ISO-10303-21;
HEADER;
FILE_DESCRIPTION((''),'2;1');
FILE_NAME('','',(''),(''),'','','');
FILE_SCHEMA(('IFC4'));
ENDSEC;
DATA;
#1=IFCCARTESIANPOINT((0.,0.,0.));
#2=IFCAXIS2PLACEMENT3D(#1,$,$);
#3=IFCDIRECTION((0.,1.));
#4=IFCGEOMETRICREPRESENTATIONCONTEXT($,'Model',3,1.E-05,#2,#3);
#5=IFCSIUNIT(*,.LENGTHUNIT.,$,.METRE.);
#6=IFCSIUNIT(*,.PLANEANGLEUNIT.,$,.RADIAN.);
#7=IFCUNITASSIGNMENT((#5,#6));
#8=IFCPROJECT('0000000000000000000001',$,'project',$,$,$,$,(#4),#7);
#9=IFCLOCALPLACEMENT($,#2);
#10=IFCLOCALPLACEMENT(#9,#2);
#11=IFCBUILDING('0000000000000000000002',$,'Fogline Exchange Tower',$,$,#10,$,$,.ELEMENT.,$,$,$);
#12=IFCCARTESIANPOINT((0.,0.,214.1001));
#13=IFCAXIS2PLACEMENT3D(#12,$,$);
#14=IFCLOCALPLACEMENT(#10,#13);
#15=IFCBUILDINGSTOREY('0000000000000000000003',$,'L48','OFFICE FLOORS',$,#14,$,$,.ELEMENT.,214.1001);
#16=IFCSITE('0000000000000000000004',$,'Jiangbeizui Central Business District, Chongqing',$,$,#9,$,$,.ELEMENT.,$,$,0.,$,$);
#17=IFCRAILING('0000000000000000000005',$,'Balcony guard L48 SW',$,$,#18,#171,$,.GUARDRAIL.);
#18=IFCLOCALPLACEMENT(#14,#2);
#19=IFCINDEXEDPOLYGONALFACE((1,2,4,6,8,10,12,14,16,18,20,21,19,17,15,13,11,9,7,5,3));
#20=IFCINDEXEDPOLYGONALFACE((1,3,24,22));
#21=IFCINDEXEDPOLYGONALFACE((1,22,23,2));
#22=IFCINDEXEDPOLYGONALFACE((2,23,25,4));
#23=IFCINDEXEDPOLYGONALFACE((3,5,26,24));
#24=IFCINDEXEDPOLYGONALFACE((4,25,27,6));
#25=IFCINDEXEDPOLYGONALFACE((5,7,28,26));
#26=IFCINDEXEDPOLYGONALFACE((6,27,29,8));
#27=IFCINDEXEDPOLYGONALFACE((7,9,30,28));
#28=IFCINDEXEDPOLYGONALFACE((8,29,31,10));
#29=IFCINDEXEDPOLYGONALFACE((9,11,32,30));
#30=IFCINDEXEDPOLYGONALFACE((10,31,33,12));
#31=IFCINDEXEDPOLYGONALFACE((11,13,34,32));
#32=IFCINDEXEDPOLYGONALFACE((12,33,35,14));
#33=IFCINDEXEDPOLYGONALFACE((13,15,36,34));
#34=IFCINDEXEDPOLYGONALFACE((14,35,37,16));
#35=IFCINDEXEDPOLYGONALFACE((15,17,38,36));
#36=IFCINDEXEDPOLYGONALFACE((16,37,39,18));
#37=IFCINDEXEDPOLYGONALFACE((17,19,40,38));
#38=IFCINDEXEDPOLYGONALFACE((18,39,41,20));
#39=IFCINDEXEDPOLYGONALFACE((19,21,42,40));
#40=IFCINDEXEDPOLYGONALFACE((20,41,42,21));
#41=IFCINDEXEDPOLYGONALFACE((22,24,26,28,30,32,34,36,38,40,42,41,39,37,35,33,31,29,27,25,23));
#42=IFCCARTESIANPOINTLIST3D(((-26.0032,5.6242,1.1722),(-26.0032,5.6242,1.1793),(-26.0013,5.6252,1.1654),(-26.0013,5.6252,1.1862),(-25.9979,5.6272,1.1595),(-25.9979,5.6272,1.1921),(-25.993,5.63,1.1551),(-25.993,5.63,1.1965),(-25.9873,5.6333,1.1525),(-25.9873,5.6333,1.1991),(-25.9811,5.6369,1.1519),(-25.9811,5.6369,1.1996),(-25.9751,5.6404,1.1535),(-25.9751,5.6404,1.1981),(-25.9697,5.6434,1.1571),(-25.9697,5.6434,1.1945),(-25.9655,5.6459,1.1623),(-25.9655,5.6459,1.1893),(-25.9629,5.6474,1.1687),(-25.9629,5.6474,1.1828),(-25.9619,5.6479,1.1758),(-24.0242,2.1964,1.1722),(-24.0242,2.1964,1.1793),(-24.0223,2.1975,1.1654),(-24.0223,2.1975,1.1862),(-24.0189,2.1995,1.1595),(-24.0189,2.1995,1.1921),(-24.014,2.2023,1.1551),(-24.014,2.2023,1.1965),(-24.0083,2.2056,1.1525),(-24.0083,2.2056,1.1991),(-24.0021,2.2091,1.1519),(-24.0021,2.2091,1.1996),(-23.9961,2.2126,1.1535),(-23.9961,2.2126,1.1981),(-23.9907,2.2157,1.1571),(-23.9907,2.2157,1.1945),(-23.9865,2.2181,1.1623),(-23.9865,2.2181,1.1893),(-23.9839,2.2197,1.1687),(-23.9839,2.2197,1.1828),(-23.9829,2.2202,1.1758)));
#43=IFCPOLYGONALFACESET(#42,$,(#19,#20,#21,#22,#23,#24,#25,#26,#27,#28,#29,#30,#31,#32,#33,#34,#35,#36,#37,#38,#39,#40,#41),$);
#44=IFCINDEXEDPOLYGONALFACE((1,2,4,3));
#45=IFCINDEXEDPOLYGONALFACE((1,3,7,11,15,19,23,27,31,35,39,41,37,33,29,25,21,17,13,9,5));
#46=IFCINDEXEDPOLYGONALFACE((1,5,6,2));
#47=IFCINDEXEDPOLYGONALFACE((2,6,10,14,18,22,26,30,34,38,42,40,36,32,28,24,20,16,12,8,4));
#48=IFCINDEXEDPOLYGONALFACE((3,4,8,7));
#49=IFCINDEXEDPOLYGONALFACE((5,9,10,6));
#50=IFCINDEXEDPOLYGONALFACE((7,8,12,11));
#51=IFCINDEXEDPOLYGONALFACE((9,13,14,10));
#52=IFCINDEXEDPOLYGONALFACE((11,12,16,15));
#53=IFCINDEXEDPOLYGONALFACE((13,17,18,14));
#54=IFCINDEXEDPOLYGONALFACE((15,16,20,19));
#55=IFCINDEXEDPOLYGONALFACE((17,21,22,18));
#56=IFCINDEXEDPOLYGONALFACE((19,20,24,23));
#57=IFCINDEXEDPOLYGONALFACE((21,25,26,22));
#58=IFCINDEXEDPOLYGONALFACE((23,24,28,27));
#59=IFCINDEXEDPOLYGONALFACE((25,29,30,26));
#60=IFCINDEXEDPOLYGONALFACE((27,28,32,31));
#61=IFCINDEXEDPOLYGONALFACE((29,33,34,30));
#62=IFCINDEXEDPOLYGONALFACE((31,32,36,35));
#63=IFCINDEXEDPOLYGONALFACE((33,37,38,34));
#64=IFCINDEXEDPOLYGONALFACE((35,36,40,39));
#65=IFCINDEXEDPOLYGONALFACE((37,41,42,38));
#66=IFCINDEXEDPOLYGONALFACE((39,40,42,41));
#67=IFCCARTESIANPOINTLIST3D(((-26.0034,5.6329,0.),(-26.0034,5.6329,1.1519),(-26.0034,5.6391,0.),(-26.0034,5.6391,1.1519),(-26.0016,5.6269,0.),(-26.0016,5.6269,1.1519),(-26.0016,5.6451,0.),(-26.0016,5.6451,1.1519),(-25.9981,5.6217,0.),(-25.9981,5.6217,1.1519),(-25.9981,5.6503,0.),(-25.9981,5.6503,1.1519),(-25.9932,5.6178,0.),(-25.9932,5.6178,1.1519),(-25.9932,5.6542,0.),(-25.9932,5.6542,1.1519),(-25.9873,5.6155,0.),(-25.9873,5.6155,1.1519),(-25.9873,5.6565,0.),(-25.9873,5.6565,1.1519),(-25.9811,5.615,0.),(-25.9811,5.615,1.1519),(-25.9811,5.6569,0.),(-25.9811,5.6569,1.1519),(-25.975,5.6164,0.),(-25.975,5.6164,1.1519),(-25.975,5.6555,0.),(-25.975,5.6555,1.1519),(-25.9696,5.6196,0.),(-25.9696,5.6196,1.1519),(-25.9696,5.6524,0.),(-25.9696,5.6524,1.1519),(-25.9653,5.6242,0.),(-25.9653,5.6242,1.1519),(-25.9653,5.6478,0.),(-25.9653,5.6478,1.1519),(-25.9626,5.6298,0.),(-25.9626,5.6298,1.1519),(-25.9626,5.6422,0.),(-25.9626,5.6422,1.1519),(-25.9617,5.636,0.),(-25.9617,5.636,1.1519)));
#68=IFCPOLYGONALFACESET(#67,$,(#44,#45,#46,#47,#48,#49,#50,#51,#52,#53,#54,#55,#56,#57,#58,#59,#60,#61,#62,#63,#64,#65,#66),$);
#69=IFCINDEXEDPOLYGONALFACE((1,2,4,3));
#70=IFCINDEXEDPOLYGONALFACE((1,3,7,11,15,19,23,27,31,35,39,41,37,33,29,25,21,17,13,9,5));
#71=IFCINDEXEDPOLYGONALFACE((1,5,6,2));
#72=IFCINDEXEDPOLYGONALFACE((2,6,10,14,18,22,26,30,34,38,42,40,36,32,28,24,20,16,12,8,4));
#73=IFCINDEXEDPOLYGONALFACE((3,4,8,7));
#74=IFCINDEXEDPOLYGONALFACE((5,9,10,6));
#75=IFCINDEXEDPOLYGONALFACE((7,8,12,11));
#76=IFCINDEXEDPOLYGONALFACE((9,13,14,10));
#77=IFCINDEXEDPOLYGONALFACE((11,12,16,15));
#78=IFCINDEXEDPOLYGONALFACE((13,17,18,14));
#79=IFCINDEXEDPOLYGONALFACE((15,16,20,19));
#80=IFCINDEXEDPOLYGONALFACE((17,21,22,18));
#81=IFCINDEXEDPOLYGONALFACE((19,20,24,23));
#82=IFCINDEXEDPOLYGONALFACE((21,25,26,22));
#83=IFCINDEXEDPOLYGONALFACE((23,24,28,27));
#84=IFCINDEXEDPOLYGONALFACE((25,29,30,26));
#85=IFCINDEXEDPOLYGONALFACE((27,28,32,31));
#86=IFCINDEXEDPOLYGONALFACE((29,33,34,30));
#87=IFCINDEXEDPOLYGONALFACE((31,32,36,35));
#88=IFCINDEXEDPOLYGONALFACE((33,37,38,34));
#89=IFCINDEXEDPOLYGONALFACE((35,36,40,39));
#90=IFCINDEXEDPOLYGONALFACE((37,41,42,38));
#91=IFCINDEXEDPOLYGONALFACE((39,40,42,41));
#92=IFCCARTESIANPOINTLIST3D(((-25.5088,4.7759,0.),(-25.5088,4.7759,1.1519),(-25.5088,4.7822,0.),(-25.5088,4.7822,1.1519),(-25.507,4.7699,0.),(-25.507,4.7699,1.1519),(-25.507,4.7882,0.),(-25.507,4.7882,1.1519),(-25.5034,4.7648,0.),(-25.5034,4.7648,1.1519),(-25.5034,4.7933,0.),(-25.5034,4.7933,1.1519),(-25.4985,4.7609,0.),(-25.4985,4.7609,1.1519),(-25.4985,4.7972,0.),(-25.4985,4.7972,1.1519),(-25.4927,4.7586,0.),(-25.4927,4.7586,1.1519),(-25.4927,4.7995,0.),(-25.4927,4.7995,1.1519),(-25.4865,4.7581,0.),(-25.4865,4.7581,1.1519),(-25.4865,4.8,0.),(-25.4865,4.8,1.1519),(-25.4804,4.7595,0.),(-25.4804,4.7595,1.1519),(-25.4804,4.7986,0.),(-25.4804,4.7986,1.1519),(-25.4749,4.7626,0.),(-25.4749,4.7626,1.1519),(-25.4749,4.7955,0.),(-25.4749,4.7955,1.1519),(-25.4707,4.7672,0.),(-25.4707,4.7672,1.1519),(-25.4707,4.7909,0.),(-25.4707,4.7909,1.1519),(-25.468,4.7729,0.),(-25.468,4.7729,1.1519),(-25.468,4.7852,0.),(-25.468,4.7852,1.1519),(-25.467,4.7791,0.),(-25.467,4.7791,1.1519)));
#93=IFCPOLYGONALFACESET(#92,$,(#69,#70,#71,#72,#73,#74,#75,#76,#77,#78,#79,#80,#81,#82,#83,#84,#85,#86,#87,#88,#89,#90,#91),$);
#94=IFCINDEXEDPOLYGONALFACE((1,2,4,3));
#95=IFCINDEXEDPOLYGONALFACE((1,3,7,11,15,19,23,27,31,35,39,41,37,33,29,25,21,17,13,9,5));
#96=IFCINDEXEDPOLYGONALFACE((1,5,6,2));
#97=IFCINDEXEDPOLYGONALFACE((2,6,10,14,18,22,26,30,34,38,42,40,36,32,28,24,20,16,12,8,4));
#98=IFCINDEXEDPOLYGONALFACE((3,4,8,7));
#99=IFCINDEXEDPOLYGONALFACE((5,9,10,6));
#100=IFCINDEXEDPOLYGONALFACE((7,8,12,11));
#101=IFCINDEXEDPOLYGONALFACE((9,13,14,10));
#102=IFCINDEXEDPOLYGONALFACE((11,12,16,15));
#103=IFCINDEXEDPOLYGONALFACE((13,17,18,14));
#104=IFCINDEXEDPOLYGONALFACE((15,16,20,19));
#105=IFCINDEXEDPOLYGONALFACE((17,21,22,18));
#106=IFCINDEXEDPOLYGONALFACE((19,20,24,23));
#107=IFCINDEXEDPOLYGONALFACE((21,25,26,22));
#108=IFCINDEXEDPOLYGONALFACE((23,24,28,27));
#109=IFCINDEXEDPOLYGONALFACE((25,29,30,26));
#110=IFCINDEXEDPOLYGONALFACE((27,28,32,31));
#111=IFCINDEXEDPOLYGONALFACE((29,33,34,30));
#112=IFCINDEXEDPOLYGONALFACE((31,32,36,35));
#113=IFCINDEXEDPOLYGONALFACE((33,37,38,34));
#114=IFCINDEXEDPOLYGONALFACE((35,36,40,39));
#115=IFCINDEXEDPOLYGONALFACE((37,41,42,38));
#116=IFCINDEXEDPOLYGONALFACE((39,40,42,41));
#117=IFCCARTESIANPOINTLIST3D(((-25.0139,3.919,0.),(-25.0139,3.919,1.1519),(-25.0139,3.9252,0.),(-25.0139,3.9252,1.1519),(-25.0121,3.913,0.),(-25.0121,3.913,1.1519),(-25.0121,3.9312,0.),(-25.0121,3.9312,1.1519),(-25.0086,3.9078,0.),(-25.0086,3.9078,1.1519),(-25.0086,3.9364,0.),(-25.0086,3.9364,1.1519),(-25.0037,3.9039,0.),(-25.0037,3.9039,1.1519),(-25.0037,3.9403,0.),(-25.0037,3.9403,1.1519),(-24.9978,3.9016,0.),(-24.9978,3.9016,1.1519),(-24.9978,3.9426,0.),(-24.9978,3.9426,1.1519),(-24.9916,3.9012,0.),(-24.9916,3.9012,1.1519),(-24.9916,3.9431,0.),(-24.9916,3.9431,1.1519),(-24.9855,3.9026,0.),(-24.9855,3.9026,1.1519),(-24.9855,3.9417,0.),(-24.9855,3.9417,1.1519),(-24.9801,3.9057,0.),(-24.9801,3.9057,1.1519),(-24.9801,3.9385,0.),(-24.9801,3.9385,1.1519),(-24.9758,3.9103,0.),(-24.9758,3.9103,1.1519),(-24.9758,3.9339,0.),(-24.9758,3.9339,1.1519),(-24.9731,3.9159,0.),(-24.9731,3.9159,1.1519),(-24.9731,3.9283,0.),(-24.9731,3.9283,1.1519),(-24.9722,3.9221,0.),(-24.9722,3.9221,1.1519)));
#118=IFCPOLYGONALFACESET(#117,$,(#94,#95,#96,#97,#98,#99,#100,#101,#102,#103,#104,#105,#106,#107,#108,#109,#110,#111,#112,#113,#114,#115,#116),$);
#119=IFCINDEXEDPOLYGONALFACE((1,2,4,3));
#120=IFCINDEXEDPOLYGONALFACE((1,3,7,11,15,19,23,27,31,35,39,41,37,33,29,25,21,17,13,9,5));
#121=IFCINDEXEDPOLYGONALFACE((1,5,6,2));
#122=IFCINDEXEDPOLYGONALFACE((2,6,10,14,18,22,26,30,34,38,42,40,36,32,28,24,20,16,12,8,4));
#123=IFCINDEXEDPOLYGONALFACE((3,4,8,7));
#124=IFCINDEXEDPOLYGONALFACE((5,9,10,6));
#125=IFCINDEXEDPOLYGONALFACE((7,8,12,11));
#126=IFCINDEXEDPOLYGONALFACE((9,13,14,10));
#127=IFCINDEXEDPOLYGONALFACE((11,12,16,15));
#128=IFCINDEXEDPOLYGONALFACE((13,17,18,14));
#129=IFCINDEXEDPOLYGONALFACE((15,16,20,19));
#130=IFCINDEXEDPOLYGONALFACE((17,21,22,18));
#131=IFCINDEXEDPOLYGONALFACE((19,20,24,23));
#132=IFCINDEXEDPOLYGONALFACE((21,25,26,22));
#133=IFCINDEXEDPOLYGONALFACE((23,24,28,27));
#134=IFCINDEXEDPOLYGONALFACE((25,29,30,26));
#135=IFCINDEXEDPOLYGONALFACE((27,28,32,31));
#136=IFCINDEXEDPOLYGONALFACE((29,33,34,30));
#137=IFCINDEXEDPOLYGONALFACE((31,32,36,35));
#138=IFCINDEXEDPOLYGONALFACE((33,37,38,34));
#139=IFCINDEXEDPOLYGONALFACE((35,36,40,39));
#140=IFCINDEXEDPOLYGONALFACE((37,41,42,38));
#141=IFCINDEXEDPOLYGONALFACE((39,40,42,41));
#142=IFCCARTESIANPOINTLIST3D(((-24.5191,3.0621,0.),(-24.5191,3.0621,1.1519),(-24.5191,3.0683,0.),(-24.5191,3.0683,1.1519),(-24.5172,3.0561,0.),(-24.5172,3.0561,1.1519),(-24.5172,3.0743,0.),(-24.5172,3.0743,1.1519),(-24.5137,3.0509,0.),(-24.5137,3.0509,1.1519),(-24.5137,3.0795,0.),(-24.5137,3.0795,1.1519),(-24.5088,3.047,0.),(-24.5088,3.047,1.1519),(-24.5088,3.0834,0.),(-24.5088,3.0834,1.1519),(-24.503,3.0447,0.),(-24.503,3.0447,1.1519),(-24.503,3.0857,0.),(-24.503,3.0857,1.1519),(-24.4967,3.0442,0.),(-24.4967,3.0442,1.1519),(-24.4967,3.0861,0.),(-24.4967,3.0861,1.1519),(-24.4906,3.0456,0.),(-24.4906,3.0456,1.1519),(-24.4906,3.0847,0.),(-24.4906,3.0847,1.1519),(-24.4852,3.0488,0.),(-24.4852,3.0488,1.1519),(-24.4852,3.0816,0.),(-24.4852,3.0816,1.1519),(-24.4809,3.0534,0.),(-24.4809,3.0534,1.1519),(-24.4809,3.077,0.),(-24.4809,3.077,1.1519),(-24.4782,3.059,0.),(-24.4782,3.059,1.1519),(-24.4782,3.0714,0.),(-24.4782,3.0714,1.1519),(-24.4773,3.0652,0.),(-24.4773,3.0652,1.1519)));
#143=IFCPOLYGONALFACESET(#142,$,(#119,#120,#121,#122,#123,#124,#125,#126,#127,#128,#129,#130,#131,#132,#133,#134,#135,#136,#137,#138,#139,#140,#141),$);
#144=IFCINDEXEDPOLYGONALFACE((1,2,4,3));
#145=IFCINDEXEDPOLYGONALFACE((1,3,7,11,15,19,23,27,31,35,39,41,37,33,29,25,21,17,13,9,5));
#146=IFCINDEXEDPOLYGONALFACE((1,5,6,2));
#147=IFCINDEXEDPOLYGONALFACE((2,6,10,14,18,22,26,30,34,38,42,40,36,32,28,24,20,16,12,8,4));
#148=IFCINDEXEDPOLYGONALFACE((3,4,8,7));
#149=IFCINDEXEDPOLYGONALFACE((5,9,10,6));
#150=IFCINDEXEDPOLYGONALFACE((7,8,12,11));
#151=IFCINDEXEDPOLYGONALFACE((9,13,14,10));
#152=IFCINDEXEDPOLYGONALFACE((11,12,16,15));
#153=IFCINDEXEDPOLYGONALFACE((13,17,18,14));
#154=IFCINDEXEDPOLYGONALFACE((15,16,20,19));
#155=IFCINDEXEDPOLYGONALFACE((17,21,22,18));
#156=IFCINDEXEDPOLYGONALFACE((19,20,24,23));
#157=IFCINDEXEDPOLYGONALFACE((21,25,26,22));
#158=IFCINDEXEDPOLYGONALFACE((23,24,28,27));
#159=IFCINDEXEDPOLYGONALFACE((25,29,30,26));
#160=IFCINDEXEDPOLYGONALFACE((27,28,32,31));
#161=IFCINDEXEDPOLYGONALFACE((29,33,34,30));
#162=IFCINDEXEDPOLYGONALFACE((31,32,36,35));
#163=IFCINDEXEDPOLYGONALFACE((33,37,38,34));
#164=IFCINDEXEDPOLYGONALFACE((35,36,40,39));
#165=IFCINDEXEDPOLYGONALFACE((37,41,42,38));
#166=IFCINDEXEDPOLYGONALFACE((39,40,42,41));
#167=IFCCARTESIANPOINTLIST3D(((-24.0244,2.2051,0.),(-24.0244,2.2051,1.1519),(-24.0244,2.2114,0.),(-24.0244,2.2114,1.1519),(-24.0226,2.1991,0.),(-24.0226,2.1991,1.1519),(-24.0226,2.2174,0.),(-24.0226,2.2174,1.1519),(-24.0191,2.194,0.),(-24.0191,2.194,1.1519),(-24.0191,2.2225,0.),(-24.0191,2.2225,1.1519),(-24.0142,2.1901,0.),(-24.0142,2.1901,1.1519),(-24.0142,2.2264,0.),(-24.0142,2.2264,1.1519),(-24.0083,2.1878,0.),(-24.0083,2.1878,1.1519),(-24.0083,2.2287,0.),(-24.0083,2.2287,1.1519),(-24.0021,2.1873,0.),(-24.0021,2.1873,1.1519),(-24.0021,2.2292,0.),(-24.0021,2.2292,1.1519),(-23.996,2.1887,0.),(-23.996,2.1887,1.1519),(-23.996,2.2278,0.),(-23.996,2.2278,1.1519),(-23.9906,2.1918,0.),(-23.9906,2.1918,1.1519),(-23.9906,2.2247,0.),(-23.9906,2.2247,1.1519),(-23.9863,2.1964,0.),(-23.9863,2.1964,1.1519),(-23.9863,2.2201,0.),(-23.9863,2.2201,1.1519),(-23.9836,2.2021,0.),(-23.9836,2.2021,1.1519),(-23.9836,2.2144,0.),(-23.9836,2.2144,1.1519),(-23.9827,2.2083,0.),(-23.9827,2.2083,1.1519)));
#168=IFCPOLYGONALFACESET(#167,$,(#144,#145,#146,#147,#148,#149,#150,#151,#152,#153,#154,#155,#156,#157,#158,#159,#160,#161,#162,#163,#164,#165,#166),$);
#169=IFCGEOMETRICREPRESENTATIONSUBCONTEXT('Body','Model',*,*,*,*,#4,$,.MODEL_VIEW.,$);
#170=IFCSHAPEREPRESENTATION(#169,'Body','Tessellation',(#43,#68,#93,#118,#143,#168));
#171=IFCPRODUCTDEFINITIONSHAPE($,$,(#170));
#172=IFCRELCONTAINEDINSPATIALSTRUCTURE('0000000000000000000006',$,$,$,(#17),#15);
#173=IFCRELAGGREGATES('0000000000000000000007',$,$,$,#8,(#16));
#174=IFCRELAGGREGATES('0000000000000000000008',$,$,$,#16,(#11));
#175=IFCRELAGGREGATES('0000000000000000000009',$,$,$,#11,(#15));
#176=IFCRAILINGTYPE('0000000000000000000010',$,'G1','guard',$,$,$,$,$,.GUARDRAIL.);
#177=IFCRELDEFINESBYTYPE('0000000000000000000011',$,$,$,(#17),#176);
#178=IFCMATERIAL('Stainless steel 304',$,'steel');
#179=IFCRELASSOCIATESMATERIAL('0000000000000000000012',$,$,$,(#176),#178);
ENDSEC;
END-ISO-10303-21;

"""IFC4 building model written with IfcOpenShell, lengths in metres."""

from ifc_helpers import new_model, si_unit, direction, frame, origin, origin_2d, place, context, subcontext, project, spatial, circle, extrude, material, type_object, element, save


model = new_model("IFC4")

# Units and contexts
model_context = context("Model", 3, precision=1e-05, world=origin(), true_north=direction((0.0, 1.0)))
body_context = subcontext(model_context, "Body", "Model", "MODEL_VIEW")
ifc_project = project(units=[si_unit("LENGTHUNIT", "METRE"), si_unit("PLANEANGLEUNIT", "RADIAN")], contexts=[model_context])

# Site, building, storey
site_placement = place(None, origin())
site = spatial("IfcSite", under=ifc_project, at=site_placement, Name="Jiangbeizui Central Business District, Chongqing", CompositionType="ELEMENT", RefElevation=0.0)
building_placement = place(site_placement, origin())
building = spatial("IfcBuilding", under=site, at=building_placement, Name="Fogline Exchange Tower", CompositionType="ELEMENT")
storey_placement = place(building_placement, frame((0.0, 0.0, 214.1001)))
storey = spatial("IfcBuildingStorey", under=building, at=storey_placement, Name="L48", Description="OFFICE FLOORS", CompositionType="ELEMENT", Elevation=214.1001)

# Railing
ifc_material_1 = material(Name="Stainless steel 304", Category="steel")
railing_type = type_object("IfcRailingType", Name="G1", Description="guard", PredefinedType="GUARDRAIL", material=ifc_material_1)
railing_placement = place(storey_placement, frame((-25.9827, 5.636, 0.0)))
element("IfcRailing", 1, at=railing_placement, inside=storey, type_object=railing_type, Name="Balcony guard L48 SW", PredefinedType="GUARDRAIL", context=body_context, shape_type="SweptSolid", body=[
    extrude(circle(Radius=0.0239, at=origin_2d()), frame((0.0, 0.0, 1.1758), z_axis=(0.5, -0.866025, 0.0), x_axis=(0.866025, 0.5, 0.0)), (0.0, 0.0, 1.0), 3.958),
    extrude(circle(Radius=0.021, at=origin_2d()), origin(), (0.0, 0.0, 1.0), 1.1519),
    extrude(circle(Radius=0.021, at=origin_2d()), frame((0.4946, -0.8569, 0.0)), (0.0, 0.0, 1.0), 1.1519),
    extrude(circle(Radius=0.021, at=origin_2d()), frame((0.9895, -1.7139, 0.0)), (0.0, 0.0, 1.0), 1.1519),
    extrude(circle(Radius=0.021, at=origin_2d()), frame((1.4844, -2.5708, 0.0)), (0.0, 0.0, 1.0), 1.1519),
    extrude(circle(Radius=0.021, at=origin_2d()), frame((1.979, -3.4277, 0.0)), (0.0, 0.0, 1.0), 1.1519),
])

save(model, "model.ifc")
